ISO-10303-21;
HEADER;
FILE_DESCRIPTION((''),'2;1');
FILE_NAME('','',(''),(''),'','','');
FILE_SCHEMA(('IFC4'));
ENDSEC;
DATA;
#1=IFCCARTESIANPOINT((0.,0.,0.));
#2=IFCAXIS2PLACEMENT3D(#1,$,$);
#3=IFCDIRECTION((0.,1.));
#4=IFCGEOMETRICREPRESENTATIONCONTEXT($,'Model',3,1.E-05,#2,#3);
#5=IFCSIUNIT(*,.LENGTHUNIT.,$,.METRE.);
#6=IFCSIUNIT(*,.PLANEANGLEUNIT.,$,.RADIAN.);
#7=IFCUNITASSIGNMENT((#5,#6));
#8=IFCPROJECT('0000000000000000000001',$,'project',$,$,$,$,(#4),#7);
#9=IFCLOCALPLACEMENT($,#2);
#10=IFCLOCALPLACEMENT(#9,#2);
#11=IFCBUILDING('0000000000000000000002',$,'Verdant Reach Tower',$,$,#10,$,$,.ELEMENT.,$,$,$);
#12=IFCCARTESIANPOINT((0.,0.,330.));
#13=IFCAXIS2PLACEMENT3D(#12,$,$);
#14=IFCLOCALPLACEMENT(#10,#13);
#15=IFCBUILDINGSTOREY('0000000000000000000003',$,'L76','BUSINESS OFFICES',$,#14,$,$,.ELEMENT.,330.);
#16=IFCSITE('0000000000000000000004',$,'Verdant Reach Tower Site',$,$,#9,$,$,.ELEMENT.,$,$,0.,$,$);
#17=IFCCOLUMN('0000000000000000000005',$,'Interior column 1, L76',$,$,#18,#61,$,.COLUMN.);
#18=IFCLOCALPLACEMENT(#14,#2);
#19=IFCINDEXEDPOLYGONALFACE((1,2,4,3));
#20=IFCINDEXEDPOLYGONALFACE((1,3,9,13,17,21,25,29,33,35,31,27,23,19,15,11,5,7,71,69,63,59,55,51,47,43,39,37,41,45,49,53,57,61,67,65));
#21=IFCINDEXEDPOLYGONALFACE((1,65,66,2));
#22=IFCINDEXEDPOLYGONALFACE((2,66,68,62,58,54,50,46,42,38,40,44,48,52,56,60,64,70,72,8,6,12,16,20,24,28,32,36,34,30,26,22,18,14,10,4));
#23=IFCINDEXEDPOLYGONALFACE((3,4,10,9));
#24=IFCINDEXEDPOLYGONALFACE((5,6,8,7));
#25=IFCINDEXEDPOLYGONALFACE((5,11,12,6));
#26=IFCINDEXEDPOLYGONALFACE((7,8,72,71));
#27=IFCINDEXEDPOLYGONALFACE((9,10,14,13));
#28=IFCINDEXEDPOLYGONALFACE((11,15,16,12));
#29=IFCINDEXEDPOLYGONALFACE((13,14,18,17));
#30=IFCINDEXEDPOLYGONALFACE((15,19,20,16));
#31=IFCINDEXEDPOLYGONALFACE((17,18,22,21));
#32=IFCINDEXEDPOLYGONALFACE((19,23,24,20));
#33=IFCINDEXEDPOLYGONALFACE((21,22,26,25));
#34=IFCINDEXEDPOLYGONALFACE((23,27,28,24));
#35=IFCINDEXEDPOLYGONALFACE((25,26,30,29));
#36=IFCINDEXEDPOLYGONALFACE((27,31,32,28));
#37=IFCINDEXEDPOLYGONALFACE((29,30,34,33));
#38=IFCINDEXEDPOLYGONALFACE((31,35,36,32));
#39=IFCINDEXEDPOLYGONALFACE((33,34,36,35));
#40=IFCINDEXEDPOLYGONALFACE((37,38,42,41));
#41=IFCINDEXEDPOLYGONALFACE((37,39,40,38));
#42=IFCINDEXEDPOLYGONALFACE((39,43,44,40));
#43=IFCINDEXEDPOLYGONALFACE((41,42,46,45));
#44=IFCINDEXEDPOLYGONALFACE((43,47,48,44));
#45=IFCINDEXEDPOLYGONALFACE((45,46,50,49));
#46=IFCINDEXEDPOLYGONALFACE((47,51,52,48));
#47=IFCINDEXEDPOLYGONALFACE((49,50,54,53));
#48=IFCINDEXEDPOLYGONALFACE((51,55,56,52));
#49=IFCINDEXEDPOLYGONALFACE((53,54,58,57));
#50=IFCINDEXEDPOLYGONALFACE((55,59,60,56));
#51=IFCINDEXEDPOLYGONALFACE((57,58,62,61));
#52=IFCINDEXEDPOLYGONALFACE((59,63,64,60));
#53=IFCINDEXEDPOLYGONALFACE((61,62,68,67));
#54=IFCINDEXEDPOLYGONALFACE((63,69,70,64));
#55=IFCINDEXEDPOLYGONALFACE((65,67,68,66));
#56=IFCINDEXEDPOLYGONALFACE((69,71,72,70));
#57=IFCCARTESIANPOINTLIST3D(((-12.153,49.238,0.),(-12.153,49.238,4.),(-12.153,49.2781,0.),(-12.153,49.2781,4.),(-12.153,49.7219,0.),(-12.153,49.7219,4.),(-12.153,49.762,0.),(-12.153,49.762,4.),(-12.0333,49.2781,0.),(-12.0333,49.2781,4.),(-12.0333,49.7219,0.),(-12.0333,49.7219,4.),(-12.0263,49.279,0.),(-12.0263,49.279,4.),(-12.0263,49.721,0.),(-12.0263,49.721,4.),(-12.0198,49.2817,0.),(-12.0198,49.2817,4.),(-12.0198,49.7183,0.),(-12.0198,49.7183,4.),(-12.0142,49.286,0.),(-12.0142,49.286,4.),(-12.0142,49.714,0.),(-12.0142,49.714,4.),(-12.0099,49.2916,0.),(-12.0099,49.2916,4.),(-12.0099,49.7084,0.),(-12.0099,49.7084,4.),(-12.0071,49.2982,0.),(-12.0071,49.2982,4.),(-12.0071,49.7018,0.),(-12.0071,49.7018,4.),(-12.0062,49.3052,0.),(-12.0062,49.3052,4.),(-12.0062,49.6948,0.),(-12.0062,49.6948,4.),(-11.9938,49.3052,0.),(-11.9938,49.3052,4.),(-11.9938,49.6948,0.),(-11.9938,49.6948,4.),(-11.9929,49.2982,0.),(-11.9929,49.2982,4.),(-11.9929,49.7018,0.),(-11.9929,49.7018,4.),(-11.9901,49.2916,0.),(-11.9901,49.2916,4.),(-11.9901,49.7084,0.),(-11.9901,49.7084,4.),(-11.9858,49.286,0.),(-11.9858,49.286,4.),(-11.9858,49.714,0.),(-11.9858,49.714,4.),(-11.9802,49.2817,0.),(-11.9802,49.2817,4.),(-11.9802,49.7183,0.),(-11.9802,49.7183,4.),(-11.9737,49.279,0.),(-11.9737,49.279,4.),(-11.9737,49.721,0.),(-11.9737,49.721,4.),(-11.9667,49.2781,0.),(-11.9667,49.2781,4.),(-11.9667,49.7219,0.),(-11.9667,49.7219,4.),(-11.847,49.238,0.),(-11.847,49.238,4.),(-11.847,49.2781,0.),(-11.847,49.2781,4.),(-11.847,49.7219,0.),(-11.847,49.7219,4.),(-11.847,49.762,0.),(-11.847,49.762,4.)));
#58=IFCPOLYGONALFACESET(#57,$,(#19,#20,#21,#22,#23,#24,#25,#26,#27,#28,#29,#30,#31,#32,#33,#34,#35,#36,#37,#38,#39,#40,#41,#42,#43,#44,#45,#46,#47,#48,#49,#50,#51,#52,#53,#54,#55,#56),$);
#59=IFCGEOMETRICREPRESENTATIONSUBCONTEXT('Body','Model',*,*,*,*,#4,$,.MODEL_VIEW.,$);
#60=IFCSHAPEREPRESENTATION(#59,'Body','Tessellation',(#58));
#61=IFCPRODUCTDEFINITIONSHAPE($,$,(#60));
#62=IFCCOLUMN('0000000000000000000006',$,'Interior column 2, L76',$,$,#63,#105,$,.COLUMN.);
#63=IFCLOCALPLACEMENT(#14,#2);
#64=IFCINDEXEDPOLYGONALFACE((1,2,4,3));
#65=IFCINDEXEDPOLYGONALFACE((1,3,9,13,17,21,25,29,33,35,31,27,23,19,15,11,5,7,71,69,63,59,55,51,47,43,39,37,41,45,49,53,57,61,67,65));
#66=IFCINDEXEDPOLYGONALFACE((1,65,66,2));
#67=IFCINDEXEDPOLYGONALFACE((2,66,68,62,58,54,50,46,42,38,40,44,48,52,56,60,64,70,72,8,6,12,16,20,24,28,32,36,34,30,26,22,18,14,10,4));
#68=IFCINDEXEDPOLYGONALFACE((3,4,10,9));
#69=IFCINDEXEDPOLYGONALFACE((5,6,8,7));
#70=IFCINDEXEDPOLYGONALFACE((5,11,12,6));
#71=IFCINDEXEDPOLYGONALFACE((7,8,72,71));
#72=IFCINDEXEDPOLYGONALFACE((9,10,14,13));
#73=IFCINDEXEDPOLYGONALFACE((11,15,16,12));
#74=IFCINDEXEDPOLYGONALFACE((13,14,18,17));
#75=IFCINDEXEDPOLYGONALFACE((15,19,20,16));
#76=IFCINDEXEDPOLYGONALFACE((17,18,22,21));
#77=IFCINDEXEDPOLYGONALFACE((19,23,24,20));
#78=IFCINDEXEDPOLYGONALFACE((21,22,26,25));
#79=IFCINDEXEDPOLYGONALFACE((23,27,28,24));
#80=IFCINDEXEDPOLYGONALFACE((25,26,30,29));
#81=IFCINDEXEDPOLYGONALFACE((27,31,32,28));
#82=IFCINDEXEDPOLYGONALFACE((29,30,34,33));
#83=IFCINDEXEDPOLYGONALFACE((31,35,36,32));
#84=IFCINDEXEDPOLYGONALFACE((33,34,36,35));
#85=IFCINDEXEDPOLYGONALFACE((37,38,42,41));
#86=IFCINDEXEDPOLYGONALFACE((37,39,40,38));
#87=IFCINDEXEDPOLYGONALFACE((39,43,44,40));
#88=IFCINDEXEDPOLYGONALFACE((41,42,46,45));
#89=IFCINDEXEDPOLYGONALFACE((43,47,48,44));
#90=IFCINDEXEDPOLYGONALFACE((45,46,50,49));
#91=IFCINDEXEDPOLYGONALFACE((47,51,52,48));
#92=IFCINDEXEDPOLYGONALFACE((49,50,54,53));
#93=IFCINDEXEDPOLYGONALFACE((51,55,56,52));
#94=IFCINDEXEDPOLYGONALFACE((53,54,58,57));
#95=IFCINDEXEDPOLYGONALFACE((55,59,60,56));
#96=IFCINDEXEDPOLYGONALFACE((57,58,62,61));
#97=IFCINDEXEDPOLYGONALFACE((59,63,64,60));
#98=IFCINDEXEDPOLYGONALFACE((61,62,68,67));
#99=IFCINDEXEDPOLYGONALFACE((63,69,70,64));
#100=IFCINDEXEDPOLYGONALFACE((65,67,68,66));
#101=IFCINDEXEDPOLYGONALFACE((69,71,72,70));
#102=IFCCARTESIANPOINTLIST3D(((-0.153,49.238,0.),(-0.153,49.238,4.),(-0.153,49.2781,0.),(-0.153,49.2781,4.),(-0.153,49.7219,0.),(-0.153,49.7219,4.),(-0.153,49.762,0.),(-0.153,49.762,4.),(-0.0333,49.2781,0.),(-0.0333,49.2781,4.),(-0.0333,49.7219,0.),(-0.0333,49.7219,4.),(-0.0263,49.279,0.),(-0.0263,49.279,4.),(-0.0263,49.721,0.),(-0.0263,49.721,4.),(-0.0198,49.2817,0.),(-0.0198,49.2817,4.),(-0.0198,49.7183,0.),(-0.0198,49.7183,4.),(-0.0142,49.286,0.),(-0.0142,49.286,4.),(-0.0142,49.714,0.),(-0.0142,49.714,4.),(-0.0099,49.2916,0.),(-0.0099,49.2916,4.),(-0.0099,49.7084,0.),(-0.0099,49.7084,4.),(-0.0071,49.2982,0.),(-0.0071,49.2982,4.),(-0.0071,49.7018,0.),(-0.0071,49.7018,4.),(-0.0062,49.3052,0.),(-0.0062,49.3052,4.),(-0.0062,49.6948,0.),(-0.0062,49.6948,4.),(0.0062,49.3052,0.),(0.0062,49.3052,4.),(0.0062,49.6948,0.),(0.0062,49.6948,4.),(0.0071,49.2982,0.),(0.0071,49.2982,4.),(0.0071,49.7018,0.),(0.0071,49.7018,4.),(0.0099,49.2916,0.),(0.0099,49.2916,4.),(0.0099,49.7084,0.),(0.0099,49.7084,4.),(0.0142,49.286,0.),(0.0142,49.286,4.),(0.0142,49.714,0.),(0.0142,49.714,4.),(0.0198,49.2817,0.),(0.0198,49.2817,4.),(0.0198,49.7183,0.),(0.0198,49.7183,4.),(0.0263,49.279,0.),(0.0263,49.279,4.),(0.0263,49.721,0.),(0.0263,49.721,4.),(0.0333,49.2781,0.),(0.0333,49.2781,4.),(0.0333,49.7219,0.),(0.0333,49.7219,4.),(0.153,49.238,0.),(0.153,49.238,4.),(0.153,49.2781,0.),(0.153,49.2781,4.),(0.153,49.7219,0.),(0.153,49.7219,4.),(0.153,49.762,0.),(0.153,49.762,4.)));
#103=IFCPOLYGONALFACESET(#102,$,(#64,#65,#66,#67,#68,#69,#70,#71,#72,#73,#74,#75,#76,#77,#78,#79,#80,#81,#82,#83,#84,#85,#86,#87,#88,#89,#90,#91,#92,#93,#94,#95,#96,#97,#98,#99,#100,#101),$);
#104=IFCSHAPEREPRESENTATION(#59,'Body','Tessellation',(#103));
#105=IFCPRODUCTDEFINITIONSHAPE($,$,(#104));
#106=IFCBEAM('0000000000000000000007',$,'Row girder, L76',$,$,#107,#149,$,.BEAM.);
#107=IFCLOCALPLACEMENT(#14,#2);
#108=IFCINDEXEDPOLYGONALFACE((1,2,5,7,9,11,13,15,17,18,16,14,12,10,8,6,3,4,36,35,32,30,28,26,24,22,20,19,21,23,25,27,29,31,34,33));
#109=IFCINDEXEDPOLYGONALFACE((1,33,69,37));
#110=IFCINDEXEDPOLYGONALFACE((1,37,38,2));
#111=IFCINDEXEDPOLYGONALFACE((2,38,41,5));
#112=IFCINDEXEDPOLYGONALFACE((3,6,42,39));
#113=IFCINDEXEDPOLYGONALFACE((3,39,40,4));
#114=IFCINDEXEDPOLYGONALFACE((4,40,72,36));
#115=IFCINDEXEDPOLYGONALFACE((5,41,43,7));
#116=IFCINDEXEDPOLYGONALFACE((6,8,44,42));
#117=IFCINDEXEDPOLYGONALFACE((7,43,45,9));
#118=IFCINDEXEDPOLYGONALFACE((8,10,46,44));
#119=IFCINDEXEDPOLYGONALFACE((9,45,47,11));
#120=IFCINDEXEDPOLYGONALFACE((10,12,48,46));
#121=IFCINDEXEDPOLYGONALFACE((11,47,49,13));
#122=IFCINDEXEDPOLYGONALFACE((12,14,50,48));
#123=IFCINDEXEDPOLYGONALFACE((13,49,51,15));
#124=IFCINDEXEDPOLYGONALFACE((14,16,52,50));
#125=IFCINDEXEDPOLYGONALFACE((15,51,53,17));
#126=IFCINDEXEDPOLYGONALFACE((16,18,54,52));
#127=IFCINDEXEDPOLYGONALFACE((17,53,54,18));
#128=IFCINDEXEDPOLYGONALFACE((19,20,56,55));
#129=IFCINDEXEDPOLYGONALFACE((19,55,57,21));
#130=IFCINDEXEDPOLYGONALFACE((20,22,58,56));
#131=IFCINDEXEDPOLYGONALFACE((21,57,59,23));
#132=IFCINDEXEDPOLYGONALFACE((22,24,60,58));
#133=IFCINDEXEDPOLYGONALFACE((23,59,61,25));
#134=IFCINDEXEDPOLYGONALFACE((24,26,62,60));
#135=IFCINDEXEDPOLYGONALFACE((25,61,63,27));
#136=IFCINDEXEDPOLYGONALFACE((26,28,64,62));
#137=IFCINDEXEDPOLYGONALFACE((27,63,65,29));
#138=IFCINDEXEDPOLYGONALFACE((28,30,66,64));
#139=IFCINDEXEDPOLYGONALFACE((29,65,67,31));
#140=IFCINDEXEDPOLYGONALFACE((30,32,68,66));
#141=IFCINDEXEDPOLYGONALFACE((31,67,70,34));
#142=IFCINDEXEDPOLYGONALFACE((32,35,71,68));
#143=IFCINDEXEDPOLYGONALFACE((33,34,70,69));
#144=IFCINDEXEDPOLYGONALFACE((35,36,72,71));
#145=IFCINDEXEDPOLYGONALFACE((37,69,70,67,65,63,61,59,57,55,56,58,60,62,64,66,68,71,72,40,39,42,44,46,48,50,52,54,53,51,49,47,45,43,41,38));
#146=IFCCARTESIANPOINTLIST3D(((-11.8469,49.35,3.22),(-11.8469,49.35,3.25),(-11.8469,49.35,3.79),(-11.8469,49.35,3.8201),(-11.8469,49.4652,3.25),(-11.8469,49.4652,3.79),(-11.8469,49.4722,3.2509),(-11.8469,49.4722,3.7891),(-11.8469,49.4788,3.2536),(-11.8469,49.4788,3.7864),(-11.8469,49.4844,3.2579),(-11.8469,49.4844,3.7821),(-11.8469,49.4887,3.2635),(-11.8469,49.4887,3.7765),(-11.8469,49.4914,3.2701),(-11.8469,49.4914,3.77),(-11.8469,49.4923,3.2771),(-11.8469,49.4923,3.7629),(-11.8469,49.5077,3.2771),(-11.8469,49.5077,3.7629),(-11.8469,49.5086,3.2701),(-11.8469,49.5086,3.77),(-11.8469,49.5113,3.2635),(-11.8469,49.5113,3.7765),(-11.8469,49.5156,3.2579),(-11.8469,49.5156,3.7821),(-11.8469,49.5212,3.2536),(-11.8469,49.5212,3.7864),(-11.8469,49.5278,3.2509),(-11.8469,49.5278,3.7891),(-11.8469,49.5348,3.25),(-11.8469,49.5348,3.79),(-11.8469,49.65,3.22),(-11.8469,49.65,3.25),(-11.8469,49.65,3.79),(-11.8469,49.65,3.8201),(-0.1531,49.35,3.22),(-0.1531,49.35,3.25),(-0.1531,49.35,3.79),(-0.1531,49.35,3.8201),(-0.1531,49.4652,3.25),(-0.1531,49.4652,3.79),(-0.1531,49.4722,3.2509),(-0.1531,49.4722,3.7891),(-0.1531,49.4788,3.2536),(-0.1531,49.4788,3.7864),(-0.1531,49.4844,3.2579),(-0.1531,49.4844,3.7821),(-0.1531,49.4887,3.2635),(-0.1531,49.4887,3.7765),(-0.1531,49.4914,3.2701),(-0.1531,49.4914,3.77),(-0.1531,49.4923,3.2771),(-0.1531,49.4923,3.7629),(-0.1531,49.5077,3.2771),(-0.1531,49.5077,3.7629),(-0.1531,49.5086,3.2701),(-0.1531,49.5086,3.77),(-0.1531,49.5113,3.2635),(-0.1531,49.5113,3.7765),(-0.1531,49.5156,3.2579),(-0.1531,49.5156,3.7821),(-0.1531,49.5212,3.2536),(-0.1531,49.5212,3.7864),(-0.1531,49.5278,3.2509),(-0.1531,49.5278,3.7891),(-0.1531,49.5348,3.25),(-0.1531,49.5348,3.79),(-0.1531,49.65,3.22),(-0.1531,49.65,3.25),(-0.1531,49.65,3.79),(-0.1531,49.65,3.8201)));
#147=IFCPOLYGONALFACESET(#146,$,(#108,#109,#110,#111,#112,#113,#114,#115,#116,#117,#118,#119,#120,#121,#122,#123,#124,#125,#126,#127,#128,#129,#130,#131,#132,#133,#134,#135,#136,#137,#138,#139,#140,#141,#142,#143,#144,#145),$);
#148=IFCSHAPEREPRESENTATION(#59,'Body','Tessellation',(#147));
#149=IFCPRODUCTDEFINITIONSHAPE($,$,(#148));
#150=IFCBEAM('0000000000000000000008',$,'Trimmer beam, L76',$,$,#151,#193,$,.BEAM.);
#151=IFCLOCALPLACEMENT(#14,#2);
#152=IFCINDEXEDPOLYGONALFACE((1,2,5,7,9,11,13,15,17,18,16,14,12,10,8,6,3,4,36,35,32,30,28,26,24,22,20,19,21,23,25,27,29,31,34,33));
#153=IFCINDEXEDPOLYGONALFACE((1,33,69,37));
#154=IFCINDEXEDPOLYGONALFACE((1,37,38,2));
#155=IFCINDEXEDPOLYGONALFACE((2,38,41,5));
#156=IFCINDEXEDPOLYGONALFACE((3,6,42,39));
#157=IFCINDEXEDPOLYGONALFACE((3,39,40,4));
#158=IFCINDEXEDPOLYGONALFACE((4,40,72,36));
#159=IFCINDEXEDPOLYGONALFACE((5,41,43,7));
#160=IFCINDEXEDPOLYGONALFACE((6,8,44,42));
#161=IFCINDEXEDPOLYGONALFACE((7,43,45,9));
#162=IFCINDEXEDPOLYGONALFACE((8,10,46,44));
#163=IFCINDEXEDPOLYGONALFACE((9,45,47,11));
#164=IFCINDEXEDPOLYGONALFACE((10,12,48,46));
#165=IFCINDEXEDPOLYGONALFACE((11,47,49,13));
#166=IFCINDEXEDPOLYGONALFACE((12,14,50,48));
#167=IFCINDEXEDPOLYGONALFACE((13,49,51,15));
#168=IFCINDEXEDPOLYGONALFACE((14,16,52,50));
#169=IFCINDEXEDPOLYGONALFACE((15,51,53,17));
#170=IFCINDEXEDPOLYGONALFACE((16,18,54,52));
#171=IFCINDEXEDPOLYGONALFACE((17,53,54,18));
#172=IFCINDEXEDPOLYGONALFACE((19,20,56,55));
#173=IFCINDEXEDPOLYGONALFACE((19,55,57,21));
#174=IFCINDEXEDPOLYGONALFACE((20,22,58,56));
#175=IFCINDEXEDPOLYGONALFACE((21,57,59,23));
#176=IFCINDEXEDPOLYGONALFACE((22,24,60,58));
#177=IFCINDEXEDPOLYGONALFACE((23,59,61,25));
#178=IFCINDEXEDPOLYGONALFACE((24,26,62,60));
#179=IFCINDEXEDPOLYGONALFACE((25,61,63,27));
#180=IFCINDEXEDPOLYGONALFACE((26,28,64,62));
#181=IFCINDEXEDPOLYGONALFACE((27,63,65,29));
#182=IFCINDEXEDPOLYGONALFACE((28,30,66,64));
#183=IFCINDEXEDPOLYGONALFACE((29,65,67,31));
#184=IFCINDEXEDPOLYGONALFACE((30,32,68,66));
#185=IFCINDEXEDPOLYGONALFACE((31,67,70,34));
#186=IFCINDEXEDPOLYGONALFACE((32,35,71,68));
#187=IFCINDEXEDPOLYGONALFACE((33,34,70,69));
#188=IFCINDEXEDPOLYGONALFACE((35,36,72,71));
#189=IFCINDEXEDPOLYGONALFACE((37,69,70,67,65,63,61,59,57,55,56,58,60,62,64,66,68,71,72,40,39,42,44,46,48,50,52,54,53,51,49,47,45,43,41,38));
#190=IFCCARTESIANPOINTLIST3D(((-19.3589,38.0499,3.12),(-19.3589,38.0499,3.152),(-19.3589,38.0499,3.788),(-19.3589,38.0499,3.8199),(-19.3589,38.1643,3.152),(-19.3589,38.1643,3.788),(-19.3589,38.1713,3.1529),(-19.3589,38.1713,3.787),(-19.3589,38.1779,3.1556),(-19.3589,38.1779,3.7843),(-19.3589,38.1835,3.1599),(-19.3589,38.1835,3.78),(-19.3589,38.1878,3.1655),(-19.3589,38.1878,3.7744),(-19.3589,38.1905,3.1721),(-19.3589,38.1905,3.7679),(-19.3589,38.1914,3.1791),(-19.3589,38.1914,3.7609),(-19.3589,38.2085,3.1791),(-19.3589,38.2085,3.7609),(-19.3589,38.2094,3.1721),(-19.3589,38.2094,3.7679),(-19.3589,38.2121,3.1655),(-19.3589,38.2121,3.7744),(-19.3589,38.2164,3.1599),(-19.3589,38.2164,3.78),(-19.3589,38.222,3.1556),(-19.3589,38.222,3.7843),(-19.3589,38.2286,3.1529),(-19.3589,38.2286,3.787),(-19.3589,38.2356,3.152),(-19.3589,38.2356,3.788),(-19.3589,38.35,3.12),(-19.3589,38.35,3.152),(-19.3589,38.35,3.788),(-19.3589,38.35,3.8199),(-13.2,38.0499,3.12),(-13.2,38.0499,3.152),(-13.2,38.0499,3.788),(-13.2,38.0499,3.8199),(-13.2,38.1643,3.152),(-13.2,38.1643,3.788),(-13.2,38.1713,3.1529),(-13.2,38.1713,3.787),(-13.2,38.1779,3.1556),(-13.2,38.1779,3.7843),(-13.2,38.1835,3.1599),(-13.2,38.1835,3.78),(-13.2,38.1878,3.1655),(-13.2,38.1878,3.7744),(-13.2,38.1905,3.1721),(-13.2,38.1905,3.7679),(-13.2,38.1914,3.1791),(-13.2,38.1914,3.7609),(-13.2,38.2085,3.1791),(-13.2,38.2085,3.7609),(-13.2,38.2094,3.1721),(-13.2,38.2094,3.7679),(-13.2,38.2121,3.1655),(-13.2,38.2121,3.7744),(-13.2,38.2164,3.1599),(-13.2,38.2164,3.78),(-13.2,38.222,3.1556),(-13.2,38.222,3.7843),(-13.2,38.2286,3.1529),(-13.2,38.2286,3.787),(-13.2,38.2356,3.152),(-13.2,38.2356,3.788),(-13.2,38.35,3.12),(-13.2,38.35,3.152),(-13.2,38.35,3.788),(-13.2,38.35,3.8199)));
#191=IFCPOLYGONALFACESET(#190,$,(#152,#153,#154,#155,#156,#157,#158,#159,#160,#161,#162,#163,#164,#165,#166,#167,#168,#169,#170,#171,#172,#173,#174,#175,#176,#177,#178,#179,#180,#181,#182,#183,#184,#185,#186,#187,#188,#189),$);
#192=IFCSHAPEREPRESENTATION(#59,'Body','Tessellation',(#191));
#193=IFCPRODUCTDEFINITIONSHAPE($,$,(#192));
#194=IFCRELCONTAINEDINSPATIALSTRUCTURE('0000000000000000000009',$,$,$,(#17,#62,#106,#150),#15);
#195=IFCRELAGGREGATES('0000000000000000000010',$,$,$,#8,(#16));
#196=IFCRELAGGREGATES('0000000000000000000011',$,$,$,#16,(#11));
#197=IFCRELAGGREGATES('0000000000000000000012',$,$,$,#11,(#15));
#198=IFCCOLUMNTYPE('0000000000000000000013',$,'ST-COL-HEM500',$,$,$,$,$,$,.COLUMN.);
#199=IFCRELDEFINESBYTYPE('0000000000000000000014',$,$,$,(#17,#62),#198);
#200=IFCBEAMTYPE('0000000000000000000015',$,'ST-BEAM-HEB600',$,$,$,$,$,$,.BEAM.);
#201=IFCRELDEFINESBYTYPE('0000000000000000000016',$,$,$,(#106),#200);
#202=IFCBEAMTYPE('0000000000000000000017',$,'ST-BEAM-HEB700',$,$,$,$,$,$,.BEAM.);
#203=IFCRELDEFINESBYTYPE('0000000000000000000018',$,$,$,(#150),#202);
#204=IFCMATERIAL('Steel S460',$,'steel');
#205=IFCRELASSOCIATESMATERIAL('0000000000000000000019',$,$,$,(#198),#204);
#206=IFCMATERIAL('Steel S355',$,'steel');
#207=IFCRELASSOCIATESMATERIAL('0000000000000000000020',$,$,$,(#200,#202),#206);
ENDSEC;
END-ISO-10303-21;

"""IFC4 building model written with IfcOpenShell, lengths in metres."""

from ifc_helpers import new_model, si_unit, direction, frame, origin, origin_2d, place, context, subcontext, project, spatial, i_section, extrude, material, material_profile, profile_set, type_object, element, save


model = new_model("IFC4")

# Units and contexts
model_context = context("Model", 3, precision=1e-05, world=origin(), true_north=direction((0.0, 1.0)))
body_context = subcontext(model_context, "Body", "Model", "MODEL_VIEW")
ifc_project = project(units=[si_unit("LENGTHUNIT", "METRE"), si_unit("PLANEANGLEUNIT", "RADIAN")], contexts=[model_context])

# Site, building, storey
site_placement = place(None, origin())
site = spatial("IfcSite", under=ifc_project, at=site_placement, Name="Verdant Reach Tower Site", CompositionType="ELEMENT", RefElevation=0.0)
building_placement = place(site_placement, origin())
building = spatial("IfcBuilding", under=site, at=building_placement, Name="Verdant Reach Tower", CompositionType="ELEMENT")
storey_placement = place(building_placement, frame((0.0, 0.0, 330.0)))
storey = spatial("IfcBuildingStorey", under=building, at=storey_placement, Name="L76", Description="BUSINESS OFFICES", CompositionType="ELEMENT", Elevation=330.0)

# Columns
ifc_material_1 = material(Name="Steel S460", Category="steel")
ifc_material_profile_1 = material_profile(ifc_material_1, i_section(OverallWidth=0.3059, OverallDepth=0.5239, WebThickness=0.0125, FlangeThickness=0.04, FilletRadius=0.0271, at=origin_2d()), Name="HEM 500")
ifc_profile_set_1 = profile_set([ifc_material_profile_1], Name="Steel S460")
column_type = type_object("IfcColumnType", Name="ST-COL-HEM500", PredefinedType="COLUMN", material=ifc_profile_set_1)
for number, where, z_axis, x_axis, name in (
    (1, (-12.0, 49.5, 0.0), (0.0, 0.0, 1.0), (1.0, 0.0, 0.0), "Interior column 1, L76"),
    (2, (0.0, 49.5, 0.0), (0.0, 0.0, 1.0), (1.0, 0.0, 0.0), "Interior column 2, L76"),
):
    element("IfcColumn", number, at=place(storey_placement, frame(where, z_axis=z_axis, x_axis=x_axis)), inside=storey, type_object=column_type, Name=name, PredefinedType="COLUMN", context=body_context, shape_type="SweptSolid", body=[
        extrude(i_section(OverallWidth=0.3059, OverallDepth=0.5239, WebThickness=0.0125, FlangeThickness=0.04, FilletRadius=0.0271, at=origin_2d()), origin(), (0.0, 0.0, 1.0), 4.0),
    ])

# Beams
ifc_material_2 = material(Name="Steel S355", Category="steel")
ifc_material_profile_2 = material_profile(ifc_material_2, i_section(OverallWidth=0.3, OverallDepth=0.6001, WebThickness=0.0154, FlangeThickness=0.03, FilletRadius=0.0271, at=origin_2d()), Name="HEB 600")
ifc_profile_set_2 = profile_set([ifc_material_profile_2], Name="Steel S355")
beam_type_1 = type_object("IfcBeamType", Name="ST-BEAM-HEB600", PredefinedType="BEAM", material=ifc_profile_set_2)
beam_1_placement = place(storey_placement, frame((-11.8469, 49.5, 3.52), z_axis=(1.0, 0.0, 0.0), x_axis=(0.0, 1.0, 0.0)))
element("IfcBeam", 3, at=beam_1_placement, inside=storey, type_object=beam_type_1, Name="Row girder, L76", PredefinedType="BEAM", context=body_context, shape_type="SweptSolid", body=[
    extrude(i_section(OverallWidth=0.3, OverallDepth=0.6001, WebThickness=0.0154, FlangeThickness=0.03, FilletRadius=0.0271, at=origin_2d()), origin(), (0.0, 0.0, 1.0), 11.6938),
])
ifc_material_profile_3 = material_profile(ifc_material_2, i_section(OverallWidth=0.3, OverallDepth=0.7, WebThickness=0.0171, FlangeThickness=0.032, FilletRadius=0.0271, at=origin_2d()), Name="HEB 700")
ifc_profile_set_3 = profile_set([ifc_material_profile_3], Name="Steel S355")
beam_type_2 = type_object("IfcBeamType", Name="ST-BEAM-HEB700", PredefinedType="BEAM", material=ifc_profile_set_3)
beam_2_placement = place(storey_placement, frame((-13.2, 38.2, 3.47), z_axis=(-1.0, 0.0, 0.0), x_axis=(0.0, -1.0, 0.0)))
element("IfcBeam", 4, at=beam_2_placement, inside=storey, type_object=beam_type_2, Name="Trimmer beam, L76", PredefinedType="BEAM", context=body_context, shape_type="SweptSolid", body=[
    extrude(i_section(OverallWidth=0.3, OverallDepth=0.7, WebThickness=0.0171, FlangeThickness=0.032, FilletRadius=0.0271, at=origin_2d()), origin(), (0.0, 0.0, 1.0), 6.1589),
])

save(model, "model.ifc")
